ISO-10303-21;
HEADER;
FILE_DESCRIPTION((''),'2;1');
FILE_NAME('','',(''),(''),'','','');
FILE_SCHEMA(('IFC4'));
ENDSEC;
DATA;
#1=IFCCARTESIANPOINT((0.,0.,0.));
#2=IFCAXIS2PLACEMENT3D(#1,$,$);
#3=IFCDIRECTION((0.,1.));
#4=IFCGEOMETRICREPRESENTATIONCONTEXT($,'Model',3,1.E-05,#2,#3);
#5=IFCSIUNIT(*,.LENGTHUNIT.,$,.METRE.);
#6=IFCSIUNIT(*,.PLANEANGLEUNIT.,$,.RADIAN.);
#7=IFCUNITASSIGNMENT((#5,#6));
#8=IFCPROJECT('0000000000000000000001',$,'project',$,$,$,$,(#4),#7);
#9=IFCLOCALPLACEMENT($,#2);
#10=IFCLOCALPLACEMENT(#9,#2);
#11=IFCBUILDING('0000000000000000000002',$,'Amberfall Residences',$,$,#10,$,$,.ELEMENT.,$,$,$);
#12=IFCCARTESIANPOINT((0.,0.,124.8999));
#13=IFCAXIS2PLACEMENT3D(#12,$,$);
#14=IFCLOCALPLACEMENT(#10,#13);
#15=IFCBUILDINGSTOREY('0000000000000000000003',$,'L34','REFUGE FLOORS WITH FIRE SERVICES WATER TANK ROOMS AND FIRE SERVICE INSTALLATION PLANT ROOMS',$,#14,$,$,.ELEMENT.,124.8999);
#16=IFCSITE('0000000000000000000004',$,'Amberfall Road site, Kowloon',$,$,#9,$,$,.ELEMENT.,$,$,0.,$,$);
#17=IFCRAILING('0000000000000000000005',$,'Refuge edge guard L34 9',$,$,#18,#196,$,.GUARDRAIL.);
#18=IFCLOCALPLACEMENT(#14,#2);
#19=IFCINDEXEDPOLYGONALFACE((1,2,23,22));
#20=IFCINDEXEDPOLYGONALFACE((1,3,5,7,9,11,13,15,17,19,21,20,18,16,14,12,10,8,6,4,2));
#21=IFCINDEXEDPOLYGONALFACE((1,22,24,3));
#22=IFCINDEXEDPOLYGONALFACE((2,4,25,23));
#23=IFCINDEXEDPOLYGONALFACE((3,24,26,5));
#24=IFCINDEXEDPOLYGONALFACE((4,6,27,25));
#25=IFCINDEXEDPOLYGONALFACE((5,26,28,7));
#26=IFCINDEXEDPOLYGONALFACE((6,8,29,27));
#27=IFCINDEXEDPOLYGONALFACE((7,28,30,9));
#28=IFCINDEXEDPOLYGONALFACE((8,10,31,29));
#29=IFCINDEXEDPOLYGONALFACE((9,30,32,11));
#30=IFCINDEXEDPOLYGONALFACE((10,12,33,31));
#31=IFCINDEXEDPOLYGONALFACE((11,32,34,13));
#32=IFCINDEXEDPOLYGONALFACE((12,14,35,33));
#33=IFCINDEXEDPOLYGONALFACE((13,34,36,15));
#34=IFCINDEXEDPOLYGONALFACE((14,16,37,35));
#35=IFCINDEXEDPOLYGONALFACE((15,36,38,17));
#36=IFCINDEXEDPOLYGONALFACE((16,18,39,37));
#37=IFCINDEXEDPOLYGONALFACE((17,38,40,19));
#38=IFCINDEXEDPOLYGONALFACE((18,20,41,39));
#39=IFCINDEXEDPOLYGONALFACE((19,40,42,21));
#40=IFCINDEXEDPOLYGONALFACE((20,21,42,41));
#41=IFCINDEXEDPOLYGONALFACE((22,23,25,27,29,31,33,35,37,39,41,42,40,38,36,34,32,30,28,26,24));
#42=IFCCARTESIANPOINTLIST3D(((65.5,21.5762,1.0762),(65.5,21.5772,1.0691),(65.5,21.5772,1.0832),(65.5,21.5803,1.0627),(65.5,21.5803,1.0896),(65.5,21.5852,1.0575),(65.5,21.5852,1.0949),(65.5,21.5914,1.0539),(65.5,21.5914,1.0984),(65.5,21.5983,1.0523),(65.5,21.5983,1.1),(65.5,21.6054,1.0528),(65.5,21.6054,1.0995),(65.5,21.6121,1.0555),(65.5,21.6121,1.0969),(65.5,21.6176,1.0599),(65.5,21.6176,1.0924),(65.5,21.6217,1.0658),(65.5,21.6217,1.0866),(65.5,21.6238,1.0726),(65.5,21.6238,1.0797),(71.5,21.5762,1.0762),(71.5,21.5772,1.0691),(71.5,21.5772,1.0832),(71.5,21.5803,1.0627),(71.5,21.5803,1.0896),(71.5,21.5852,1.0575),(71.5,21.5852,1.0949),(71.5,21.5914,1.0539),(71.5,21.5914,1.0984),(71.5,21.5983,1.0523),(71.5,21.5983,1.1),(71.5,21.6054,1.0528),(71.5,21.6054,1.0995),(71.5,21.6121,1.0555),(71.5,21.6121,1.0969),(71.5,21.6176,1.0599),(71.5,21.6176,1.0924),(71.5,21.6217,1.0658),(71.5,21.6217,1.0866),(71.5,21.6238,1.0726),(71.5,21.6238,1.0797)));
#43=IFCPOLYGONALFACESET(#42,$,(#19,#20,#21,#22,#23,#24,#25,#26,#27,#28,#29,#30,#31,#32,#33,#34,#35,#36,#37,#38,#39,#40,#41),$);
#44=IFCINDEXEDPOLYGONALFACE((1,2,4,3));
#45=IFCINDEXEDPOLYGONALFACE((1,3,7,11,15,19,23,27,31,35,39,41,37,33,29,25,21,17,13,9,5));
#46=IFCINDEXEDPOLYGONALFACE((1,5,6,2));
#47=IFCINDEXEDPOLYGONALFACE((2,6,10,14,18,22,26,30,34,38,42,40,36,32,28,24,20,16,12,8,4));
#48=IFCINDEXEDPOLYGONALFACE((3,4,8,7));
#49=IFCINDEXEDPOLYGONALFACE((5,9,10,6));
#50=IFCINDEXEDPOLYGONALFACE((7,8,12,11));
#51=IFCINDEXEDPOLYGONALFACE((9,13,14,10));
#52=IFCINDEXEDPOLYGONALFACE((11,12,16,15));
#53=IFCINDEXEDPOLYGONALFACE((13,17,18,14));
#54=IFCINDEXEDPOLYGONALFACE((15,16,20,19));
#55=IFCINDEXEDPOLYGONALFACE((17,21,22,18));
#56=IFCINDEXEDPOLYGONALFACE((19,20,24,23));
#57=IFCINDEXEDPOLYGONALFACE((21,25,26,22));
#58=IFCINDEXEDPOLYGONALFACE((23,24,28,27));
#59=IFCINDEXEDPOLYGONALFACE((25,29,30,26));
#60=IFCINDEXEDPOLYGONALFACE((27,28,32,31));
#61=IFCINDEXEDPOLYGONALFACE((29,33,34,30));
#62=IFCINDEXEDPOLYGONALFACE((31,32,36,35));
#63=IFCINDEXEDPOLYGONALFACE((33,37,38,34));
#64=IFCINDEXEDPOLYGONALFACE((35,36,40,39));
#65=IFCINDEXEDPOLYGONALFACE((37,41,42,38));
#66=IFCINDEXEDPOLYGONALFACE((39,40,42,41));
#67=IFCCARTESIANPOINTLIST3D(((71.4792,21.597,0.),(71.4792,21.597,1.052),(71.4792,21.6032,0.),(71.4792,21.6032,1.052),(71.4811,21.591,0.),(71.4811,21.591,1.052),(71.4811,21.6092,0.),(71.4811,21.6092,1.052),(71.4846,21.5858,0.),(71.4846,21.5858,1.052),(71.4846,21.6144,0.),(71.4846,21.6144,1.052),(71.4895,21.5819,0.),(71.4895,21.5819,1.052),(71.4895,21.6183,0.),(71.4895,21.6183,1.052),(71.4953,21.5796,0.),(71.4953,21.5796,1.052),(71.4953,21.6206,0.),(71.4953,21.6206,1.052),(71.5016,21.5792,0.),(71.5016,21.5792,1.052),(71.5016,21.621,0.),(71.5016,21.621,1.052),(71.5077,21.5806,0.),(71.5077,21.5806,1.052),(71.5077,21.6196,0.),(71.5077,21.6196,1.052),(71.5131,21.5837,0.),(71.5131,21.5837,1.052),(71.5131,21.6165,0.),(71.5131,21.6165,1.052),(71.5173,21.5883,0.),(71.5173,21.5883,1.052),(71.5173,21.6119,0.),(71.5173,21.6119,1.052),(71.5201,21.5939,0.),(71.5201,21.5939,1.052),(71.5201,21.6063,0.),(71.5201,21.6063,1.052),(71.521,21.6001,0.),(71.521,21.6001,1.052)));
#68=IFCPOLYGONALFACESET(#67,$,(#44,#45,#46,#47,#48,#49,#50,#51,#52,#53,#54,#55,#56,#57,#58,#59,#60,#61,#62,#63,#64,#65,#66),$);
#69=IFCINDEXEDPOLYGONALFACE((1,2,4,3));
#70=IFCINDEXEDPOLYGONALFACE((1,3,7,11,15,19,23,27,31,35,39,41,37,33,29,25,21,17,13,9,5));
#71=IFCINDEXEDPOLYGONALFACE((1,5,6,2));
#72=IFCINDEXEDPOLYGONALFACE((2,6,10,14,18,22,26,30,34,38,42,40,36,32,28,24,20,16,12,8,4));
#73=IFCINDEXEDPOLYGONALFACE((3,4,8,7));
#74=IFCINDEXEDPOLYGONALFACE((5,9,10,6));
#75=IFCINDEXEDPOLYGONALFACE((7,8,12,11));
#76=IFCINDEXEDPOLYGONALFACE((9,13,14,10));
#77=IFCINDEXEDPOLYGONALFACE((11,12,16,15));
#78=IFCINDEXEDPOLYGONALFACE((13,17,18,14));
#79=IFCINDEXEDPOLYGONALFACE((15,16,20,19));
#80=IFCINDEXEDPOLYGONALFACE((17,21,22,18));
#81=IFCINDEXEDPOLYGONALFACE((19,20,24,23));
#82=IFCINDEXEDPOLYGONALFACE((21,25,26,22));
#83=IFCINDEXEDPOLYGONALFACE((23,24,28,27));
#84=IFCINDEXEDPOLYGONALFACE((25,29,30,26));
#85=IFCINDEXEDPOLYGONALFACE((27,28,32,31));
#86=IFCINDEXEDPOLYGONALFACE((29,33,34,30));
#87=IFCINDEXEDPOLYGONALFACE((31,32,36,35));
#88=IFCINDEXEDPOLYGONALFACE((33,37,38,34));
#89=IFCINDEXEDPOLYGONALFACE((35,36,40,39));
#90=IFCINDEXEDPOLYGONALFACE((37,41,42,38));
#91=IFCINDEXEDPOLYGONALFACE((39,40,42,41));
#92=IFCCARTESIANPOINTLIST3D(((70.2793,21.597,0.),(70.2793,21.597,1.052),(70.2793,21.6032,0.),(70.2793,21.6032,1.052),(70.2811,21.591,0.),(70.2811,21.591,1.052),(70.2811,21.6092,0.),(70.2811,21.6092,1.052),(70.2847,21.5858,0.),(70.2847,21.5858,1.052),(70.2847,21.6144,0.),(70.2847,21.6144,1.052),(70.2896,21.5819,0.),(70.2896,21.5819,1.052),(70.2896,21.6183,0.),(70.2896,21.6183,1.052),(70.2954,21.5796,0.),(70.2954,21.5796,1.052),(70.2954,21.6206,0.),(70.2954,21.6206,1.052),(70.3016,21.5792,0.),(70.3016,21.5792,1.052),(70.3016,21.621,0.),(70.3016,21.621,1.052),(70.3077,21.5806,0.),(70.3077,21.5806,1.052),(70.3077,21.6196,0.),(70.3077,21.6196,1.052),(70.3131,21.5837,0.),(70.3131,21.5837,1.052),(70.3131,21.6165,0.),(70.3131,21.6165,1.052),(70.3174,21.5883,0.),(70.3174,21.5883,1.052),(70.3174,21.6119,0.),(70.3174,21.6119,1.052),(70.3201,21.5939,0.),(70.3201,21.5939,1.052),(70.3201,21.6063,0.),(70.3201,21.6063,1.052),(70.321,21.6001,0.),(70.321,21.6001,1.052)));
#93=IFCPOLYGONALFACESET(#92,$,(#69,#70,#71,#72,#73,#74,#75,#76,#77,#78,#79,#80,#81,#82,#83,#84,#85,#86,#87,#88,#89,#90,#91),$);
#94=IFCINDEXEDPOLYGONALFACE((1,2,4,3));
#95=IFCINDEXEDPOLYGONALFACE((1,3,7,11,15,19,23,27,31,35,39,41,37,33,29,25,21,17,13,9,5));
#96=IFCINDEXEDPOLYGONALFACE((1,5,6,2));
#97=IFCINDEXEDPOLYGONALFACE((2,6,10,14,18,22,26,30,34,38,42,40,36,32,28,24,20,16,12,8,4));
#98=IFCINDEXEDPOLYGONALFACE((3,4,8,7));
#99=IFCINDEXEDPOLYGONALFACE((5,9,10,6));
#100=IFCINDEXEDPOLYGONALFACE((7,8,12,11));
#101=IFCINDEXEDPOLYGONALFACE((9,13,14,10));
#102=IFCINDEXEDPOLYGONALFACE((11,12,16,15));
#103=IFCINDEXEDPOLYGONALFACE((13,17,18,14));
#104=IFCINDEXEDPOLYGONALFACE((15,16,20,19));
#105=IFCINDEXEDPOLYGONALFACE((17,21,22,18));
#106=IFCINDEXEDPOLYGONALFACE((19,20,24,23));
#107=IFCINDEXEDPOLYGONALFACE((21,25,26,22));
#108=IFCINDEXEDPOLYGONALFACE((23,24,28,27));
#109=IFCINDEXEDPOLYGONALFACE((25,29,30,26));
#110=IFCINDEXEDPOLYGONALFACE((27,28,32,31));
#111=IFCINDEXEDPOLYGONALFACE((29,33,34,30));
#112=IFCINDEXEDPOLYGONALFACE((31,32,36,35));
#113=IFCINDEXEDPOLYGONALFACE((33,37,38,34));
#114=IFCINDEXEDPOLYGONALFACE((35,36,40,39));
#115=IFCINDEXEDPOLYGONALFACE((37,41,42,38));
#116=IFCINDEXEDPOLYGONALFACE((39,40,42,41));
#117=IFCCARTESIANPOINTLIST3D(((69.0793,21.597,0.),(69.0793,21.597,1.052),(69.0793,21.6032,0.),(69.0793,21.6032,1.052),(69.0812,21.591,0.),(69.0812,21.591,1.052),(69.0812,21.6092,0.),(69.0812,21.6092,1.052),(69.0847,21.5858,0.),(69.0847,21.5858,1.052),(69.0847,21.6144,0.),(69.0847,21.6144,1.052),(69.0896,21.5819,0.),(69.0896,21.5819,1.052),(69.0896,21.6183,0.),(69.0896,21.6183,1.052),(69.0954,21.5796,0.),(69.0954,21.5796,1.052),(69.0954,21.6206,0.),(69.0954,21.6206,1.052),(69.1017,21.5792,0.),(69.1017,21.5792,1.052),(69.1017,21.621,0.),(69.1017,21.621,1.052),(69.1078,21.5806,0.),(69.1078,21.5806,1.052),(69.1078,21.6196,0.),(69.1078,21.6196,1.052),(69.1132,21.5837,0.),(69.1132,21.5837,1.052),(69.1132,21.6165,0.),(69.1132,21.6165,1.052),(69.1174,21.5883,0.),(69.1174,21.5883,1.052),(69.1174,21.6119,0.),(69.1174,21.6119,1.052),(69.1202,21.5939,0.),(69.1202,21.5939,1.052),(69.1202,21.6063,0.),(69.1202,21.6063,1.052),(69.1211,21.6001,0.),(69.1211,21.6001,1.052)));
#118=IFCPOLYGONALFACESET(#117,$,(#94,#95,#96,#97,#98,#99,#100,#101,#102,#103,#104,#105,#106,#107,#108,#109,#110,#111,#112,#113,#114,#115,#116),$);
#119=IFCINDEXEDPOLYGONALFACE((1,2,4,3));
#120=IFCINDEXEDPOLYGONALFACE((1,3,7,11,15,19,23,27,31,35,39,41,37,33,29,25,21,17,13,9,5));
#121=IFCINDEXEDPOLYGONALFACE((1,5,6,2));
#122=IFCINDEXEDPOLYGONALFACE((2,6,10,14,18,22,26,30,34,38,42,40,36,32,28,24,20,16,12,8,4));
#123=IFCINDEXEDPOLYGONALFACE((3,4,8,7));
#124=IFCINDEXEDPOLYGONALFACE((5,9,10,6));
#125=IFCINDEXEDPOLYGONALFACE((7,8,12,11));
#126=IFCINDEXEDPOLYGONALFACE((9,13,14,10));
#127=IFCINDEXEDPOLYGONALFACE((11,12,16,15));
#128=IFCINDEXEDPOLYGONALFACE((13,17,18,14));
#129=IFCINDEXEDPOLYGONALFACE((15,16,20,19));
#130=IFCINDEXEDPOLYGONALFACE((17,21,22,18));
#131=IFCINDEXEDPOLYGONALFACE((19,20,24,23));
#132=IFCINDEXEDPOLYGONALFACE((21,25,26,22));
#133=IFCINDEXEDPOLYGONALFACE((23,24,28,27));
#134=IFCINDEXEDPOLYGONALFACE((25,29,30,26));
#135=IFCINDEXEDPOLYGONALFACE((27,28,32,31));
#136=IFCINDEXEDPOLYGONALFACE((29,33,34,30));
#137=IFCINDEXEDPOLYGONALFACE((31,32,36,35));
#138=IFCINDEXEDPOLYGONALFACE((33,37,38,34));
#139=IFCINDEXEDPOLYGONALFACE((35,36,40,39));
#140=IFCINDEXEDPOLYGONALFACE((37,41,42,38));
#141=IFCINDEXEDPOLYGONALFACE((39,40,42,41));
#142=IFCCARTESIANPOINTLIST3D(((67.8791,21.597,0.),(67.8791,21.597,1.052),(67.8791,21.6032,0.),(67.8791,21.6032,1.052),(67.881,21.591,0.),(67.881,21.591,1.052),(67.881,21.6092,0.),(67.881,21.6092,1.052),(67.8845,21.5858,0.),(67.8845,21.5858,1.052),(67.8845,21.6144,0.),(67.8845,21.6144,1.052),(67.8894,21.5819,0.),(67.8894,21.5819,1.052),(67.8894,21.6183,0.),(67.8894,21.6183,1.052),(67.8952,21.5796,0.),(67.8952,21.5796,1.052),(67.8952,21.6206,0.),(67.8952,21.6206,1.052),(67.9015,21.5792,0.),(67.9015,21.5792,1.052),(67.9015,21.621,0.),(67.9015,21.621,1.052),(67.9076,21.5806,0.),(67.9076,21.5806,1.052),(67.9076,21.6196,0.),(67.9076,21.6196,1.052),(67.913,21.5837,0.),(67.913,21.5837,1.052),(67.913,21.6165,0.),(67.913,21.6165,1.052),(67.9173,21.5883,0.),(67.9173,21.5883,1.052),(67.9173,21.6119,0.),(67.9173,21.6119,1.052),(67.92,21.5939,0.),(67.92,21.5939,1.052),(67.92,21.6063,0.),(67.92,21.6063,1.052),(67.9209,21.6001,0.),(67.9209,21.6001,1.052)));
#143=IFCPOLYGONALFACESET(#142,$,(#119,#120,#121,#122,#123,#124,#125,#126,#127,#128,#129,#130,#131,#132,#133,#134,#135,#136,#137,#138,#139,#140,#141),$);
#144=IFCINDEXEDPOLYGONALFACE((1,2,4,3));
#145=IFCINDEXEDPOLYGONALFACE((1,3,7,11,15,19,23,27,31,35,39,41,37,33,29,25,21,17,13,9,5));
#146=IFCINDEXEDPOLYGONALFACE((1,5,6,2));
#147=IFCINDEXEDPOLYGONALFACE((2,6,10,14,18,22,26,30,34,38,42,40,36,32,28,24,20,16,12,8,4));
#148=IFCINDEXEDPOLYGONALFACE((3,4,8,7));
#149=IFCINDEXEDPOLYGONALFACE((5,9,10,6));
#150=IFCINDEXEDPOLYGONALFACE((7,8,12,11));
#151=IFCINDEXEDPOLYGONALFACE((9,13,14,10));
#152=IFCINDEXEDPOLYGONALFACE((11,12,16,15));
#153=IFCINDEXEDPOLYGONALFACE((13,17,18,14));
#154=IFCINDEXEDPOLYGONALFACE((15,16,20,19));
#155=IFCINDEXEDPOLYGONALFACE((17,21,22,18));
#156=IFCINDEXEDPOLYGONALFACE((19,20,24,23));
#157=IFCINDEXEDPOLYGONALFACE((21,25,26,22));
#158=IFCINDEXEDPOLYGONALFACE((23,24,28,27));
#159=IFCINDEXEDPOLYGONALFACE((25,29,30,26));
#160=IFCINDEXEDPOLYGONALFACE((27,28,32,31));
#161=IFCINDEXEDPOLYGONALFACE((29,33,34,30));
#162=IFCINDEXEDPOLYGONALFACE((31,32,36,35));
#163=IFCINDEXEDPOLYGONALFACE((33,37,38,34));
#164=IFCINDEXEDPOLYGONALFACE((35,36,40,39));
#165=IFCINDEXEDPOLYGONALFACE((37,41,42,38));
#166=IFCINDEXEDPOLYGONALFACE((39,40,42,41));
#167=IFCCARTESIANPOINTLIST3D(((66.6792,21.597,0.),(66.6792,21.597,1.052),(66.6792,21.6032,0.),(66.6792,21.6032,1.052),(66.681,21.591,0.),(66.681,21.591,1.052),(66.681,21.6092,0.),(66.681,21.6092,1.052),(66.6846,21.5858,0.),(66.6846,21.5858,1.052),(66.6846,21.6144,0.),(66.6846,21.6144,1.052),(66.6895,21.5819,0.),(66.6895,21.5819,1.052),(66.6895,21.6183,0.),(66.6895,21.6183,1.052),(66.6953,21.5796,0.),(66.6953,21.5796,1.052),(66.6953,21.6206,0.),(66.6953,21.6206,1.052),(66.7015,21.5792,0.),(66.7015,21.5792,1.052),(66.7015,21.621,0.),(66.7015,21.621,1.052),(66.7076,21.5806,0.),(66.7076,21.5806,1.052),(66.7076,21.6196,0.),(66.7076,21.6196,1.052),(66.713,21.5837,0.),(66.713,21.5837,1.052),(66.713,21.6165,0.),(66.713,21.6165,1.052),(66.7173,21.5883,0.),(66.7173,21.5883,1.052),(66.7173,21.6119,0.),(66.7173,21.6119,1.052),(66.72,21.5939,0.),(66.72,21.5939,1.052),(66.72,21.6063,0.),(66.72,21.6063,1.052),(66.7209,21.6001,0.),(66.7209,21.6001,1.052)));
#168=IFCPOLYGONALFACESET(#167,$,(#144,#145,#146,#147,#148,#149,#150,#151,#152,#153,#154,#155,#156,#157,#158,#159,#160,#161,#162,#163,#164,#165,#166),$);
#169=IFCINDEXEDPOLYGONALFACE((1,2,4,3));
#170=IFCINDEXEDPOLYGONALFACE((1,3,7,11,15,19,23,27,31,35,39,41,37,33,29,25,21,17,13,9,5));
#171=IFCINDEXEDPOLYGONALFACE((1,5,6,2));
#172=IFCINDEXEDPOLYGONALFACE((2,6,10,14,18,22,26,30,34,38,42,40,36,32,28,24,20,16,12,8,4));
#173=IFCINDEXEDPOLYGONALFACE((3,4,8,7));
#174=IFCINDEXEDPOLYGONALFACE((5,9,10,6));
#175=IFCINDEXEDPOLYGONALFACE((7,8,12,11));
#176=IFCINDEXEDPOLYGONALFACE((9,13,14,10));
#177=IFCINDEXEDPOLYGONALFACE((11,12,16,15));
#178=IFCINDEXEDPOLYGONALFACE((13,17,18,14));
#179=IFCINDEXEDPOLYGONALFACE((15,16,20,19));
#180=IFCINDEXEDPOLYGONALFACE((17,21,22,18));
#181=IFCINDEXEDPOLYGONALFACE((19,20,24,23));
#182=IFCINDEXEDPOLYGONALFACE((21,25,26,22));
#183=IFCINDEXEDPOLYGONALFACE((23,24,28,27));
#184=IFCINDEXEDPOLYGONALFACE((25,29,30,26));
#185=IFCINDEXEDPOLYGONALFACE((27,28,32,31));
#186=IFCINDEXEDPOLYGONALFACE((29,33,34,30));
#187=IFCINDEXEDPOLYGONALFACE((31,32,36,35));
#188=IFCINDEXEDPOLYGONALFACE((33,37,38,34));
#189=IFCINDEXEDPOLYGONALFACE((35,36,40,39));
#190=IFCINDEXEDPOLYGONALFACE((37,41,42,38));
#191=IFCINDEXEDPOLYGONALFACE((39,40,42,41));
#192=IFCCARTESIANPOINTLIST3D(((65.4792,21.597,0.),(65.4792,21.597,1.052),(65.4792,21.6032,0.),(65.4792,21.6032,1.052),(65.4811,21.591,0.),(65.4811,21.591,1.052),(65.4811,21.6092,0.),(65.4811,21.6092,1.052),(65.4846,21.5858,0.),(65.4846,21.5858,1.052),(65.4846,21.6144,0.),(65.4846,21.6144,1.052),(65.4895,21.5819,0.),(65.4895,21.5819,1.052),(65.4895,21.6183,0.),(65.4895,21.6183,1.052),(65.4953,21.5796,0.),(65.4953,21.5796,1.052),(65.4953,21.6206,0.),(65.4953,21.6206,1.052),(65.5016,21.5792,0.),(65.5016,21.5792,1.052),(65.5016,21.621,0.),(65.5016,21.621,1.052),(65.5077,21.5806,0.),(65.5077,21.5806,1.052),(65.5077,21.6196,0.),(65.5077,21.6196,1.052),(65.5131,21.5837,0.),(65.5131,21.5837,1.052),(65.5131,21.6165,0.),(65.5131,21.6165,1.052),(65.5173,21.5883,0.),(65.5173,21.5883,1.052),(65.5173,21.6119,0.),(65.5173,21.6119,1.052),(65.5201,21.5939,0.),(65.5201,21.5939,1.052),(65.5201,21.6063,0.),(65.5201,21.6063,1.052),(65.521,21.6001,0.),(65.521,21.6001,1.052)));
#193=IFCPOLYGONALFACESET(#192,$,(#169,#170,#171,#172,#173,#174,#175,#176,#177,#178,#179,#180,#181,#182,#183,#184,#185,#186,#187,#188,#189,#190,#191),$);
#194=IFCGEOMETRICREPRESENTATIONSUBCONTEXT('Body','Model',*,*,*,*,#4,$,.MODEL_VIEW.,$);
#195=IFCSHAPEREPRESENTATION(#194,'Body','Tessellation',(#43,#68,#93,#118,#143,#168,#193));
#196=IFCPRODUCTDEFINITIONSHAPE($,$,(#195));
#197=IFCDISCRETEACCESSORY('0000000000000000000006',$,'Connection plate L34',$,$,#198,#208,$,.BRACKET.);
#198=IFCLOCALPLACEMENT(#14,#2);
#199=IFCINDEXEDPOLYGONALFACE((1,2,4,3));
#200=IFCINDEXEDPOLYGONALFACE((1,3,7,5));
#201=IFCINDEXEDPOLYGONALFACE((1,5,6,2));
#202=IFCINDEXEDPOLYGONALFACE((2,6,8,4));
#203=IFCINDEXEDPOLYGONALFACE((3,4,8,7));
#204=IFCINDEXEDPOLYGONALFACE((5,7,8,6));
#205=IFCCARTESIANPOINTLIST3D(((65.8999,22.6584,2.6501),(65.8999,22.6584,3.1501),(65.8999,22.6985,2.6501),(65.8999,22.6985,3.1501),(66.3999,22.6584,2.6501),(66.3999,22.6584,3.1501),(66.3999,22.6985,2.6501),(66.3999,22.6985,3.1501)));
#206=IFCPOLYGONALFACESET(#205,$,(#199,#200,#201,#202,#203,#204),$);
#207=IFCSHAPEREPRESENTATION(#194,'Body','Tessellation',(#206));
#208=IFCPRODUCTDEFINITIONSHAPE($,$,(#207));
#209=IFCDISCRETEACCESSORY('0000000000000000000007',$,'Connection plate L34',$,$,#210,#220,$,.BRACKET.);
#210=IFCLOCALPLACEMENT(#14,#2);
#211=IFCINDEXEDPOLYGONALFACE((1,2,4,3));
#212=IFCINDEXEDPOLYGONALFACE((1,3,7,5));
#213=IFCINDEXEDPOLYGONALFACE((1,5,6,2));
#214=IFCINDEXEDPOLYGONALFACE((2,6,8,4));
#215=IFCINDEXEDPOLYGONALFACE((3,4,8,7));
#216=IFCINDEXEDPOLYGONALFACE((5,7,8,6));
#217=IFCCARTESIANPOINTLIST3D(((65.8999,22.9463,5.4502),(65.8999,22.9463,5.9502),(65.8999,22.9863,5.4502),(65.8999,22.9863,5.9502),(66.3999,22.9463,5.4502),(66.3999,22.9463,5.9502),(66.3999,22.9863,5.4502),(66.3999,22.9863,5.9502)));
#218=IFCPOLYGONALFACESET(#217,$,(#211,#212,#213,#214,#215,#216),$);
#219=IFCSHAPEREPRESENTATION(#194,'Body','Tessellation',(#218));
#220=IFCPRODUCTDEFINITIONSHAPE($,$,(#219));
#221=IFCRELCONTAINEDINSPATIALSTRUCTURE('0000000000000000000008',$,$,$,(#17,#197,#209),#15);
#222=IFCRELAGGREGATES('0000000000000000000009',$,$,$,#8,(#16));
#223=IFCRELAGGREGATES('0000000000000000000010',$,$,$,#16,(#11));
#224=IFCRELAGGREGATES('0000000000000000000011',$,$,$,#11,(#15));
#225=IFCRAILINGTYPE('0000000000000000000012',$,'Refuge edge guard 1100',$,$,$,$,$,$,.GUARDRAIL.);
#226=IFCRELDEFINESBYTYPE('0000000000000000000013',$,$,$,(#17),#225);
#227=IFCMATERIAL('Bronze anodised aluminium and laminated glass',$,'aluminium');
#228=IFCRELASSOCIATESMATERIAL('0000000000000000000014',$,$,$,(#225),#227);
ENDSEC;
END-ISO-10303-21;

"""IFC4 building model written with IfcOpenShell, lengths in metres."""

from ifc_helpers import new_model, si_unit, direction, frame, origin, origin_2d, place, context, subcontext, project, spatial, rectangle, circle, extrude, material, type_object, element, save


model = new_model("IFC4")

# Units and contexts
model_context = context("Model", 3, precision=1e-05, world=origin(), true_north=direction((0.0, 1.0)))
body_context = subcontext(model_context, "Body", "Model", "MODEL_VIEW")
ifc_project = project(units=[si_unit("LENGTHUNIT", "METRE"), si_unit("PLANEANGLEUNIT", "RADIAN")], contexts=[model_context])

# Site, building, storey
site_placement = place(None, origin())
site = spatial("IfcSite", under=ifc_project, at=site_placement, Name="Amberfall Road site, Kowloon", CompositionType="ELEMENT", RefElevation=0.0)
building_placement = place(site_placement, origin())
building = spatial("IfcBuilding", under=site, at=building_placement, Name="Amberfall Residences", CompositionType="ELEMENT")
storey_placement = place(building_placement, frame((0.0, 0.0, 124.8999)))
storey = spatial("IfcBuildingStorey", under=building, at=storey_placement, Name="L34", Description="REFUGE FLOORS WITH FIRE SERVICES WATER TANK ROOMS AND FIRE SERVICE INSTALLATION PLANT ROOMS", CompositionType="ELEMENT", Elevation=124.8999)

# Railing
ifc_material_1 = material(Name="Bronze anodised aluminium and laminated glass", Category="aluminium")
railing_type = type_object("IfcRailingType", Name="Refuge edge guard 1100", PredefinedType="GUARDRAIL", material=ifc_material_1)
railing_1_placement = place(storey_placement, frame((71.5, 21.6001, 0.0)))
element("IfcRailing", 1, at=railing_1_placement, inside=storey, type_object=railing_type, Name="Refuge edge guard L34 9", PredefinedType="GUARDRAIL", context=body_context, shape_type="SweptSolid", body=[
    extrude(circle(Radius=0.0239, at=origin_2d()), frame((0.0, 0.0, 1.0762), z_axis=(-1.0, 0.0, 0.0), x_axis=(0.0, -1.0, 0.0)), (0.0, 0.0, 1.0), 6.0),
    extrude(circle(Radius=0.021, at=origin_2d()), origin(), (0.0, 0.0, 1.0), 1.052),
    extrude(circle(Radius=0.021, at=origin_2d()), frame((-1.2, 0.0, 0.0)), (0.0, 0.0, 1.0), 1.052),
    extrude(circle(Radius=0.021, at=origin_2d()), frame((-2.3999, 0.0, 0.0)), (0.0, 0.0, 1.0), 1.052),
    extrude(circle(Radius=0.021, at=origin_2d()), frame((-3.6001, 0.0, 0.0)), (0.0, 0.0, 1.0), 1.052),
    extrude(circle(Radius=0.021, at=origin_2d()), frame((-4.8, 0.0, 0.0)), (0.0, 0.0, 1.0), 1.052),
    extrude(circle(Radius=0.021, at=origin_2d()), frame((-6.0, 0.0, 0.0)), (0.0, 0.0, 1.0), 1.052),
])

# Discrete accessories
for number, where, z_axis, x_axis, name in (
    (2, (66.1499, 22.6785, 2.6501), (0.0, 0.0, 1.0), (1.0, 0.0, 0.0), "Connection plate L34"),
    (3, (66.1499, 22.9663, 5.4502), (0.0, 0.0, 1.0), (1.0, 0.0, 0.0), "Connection plate L34"),
):
    element("IfcDiscreteAccessory", number, at=place(storey_placement, frame(where, z_axis=z_axis, x_axis=x_axis)), inside=storey, Name=name, PredefinedType="BRACKET", context=body_context, shape_type="SweptSolid", body=[
        extrude(rectangle(XDim=0.5, YDim=0.04, at=origin_2d()), origin(), (0.0, 0.0, 1.0), 0.5),
    ])

save(model, "model.ifc")
